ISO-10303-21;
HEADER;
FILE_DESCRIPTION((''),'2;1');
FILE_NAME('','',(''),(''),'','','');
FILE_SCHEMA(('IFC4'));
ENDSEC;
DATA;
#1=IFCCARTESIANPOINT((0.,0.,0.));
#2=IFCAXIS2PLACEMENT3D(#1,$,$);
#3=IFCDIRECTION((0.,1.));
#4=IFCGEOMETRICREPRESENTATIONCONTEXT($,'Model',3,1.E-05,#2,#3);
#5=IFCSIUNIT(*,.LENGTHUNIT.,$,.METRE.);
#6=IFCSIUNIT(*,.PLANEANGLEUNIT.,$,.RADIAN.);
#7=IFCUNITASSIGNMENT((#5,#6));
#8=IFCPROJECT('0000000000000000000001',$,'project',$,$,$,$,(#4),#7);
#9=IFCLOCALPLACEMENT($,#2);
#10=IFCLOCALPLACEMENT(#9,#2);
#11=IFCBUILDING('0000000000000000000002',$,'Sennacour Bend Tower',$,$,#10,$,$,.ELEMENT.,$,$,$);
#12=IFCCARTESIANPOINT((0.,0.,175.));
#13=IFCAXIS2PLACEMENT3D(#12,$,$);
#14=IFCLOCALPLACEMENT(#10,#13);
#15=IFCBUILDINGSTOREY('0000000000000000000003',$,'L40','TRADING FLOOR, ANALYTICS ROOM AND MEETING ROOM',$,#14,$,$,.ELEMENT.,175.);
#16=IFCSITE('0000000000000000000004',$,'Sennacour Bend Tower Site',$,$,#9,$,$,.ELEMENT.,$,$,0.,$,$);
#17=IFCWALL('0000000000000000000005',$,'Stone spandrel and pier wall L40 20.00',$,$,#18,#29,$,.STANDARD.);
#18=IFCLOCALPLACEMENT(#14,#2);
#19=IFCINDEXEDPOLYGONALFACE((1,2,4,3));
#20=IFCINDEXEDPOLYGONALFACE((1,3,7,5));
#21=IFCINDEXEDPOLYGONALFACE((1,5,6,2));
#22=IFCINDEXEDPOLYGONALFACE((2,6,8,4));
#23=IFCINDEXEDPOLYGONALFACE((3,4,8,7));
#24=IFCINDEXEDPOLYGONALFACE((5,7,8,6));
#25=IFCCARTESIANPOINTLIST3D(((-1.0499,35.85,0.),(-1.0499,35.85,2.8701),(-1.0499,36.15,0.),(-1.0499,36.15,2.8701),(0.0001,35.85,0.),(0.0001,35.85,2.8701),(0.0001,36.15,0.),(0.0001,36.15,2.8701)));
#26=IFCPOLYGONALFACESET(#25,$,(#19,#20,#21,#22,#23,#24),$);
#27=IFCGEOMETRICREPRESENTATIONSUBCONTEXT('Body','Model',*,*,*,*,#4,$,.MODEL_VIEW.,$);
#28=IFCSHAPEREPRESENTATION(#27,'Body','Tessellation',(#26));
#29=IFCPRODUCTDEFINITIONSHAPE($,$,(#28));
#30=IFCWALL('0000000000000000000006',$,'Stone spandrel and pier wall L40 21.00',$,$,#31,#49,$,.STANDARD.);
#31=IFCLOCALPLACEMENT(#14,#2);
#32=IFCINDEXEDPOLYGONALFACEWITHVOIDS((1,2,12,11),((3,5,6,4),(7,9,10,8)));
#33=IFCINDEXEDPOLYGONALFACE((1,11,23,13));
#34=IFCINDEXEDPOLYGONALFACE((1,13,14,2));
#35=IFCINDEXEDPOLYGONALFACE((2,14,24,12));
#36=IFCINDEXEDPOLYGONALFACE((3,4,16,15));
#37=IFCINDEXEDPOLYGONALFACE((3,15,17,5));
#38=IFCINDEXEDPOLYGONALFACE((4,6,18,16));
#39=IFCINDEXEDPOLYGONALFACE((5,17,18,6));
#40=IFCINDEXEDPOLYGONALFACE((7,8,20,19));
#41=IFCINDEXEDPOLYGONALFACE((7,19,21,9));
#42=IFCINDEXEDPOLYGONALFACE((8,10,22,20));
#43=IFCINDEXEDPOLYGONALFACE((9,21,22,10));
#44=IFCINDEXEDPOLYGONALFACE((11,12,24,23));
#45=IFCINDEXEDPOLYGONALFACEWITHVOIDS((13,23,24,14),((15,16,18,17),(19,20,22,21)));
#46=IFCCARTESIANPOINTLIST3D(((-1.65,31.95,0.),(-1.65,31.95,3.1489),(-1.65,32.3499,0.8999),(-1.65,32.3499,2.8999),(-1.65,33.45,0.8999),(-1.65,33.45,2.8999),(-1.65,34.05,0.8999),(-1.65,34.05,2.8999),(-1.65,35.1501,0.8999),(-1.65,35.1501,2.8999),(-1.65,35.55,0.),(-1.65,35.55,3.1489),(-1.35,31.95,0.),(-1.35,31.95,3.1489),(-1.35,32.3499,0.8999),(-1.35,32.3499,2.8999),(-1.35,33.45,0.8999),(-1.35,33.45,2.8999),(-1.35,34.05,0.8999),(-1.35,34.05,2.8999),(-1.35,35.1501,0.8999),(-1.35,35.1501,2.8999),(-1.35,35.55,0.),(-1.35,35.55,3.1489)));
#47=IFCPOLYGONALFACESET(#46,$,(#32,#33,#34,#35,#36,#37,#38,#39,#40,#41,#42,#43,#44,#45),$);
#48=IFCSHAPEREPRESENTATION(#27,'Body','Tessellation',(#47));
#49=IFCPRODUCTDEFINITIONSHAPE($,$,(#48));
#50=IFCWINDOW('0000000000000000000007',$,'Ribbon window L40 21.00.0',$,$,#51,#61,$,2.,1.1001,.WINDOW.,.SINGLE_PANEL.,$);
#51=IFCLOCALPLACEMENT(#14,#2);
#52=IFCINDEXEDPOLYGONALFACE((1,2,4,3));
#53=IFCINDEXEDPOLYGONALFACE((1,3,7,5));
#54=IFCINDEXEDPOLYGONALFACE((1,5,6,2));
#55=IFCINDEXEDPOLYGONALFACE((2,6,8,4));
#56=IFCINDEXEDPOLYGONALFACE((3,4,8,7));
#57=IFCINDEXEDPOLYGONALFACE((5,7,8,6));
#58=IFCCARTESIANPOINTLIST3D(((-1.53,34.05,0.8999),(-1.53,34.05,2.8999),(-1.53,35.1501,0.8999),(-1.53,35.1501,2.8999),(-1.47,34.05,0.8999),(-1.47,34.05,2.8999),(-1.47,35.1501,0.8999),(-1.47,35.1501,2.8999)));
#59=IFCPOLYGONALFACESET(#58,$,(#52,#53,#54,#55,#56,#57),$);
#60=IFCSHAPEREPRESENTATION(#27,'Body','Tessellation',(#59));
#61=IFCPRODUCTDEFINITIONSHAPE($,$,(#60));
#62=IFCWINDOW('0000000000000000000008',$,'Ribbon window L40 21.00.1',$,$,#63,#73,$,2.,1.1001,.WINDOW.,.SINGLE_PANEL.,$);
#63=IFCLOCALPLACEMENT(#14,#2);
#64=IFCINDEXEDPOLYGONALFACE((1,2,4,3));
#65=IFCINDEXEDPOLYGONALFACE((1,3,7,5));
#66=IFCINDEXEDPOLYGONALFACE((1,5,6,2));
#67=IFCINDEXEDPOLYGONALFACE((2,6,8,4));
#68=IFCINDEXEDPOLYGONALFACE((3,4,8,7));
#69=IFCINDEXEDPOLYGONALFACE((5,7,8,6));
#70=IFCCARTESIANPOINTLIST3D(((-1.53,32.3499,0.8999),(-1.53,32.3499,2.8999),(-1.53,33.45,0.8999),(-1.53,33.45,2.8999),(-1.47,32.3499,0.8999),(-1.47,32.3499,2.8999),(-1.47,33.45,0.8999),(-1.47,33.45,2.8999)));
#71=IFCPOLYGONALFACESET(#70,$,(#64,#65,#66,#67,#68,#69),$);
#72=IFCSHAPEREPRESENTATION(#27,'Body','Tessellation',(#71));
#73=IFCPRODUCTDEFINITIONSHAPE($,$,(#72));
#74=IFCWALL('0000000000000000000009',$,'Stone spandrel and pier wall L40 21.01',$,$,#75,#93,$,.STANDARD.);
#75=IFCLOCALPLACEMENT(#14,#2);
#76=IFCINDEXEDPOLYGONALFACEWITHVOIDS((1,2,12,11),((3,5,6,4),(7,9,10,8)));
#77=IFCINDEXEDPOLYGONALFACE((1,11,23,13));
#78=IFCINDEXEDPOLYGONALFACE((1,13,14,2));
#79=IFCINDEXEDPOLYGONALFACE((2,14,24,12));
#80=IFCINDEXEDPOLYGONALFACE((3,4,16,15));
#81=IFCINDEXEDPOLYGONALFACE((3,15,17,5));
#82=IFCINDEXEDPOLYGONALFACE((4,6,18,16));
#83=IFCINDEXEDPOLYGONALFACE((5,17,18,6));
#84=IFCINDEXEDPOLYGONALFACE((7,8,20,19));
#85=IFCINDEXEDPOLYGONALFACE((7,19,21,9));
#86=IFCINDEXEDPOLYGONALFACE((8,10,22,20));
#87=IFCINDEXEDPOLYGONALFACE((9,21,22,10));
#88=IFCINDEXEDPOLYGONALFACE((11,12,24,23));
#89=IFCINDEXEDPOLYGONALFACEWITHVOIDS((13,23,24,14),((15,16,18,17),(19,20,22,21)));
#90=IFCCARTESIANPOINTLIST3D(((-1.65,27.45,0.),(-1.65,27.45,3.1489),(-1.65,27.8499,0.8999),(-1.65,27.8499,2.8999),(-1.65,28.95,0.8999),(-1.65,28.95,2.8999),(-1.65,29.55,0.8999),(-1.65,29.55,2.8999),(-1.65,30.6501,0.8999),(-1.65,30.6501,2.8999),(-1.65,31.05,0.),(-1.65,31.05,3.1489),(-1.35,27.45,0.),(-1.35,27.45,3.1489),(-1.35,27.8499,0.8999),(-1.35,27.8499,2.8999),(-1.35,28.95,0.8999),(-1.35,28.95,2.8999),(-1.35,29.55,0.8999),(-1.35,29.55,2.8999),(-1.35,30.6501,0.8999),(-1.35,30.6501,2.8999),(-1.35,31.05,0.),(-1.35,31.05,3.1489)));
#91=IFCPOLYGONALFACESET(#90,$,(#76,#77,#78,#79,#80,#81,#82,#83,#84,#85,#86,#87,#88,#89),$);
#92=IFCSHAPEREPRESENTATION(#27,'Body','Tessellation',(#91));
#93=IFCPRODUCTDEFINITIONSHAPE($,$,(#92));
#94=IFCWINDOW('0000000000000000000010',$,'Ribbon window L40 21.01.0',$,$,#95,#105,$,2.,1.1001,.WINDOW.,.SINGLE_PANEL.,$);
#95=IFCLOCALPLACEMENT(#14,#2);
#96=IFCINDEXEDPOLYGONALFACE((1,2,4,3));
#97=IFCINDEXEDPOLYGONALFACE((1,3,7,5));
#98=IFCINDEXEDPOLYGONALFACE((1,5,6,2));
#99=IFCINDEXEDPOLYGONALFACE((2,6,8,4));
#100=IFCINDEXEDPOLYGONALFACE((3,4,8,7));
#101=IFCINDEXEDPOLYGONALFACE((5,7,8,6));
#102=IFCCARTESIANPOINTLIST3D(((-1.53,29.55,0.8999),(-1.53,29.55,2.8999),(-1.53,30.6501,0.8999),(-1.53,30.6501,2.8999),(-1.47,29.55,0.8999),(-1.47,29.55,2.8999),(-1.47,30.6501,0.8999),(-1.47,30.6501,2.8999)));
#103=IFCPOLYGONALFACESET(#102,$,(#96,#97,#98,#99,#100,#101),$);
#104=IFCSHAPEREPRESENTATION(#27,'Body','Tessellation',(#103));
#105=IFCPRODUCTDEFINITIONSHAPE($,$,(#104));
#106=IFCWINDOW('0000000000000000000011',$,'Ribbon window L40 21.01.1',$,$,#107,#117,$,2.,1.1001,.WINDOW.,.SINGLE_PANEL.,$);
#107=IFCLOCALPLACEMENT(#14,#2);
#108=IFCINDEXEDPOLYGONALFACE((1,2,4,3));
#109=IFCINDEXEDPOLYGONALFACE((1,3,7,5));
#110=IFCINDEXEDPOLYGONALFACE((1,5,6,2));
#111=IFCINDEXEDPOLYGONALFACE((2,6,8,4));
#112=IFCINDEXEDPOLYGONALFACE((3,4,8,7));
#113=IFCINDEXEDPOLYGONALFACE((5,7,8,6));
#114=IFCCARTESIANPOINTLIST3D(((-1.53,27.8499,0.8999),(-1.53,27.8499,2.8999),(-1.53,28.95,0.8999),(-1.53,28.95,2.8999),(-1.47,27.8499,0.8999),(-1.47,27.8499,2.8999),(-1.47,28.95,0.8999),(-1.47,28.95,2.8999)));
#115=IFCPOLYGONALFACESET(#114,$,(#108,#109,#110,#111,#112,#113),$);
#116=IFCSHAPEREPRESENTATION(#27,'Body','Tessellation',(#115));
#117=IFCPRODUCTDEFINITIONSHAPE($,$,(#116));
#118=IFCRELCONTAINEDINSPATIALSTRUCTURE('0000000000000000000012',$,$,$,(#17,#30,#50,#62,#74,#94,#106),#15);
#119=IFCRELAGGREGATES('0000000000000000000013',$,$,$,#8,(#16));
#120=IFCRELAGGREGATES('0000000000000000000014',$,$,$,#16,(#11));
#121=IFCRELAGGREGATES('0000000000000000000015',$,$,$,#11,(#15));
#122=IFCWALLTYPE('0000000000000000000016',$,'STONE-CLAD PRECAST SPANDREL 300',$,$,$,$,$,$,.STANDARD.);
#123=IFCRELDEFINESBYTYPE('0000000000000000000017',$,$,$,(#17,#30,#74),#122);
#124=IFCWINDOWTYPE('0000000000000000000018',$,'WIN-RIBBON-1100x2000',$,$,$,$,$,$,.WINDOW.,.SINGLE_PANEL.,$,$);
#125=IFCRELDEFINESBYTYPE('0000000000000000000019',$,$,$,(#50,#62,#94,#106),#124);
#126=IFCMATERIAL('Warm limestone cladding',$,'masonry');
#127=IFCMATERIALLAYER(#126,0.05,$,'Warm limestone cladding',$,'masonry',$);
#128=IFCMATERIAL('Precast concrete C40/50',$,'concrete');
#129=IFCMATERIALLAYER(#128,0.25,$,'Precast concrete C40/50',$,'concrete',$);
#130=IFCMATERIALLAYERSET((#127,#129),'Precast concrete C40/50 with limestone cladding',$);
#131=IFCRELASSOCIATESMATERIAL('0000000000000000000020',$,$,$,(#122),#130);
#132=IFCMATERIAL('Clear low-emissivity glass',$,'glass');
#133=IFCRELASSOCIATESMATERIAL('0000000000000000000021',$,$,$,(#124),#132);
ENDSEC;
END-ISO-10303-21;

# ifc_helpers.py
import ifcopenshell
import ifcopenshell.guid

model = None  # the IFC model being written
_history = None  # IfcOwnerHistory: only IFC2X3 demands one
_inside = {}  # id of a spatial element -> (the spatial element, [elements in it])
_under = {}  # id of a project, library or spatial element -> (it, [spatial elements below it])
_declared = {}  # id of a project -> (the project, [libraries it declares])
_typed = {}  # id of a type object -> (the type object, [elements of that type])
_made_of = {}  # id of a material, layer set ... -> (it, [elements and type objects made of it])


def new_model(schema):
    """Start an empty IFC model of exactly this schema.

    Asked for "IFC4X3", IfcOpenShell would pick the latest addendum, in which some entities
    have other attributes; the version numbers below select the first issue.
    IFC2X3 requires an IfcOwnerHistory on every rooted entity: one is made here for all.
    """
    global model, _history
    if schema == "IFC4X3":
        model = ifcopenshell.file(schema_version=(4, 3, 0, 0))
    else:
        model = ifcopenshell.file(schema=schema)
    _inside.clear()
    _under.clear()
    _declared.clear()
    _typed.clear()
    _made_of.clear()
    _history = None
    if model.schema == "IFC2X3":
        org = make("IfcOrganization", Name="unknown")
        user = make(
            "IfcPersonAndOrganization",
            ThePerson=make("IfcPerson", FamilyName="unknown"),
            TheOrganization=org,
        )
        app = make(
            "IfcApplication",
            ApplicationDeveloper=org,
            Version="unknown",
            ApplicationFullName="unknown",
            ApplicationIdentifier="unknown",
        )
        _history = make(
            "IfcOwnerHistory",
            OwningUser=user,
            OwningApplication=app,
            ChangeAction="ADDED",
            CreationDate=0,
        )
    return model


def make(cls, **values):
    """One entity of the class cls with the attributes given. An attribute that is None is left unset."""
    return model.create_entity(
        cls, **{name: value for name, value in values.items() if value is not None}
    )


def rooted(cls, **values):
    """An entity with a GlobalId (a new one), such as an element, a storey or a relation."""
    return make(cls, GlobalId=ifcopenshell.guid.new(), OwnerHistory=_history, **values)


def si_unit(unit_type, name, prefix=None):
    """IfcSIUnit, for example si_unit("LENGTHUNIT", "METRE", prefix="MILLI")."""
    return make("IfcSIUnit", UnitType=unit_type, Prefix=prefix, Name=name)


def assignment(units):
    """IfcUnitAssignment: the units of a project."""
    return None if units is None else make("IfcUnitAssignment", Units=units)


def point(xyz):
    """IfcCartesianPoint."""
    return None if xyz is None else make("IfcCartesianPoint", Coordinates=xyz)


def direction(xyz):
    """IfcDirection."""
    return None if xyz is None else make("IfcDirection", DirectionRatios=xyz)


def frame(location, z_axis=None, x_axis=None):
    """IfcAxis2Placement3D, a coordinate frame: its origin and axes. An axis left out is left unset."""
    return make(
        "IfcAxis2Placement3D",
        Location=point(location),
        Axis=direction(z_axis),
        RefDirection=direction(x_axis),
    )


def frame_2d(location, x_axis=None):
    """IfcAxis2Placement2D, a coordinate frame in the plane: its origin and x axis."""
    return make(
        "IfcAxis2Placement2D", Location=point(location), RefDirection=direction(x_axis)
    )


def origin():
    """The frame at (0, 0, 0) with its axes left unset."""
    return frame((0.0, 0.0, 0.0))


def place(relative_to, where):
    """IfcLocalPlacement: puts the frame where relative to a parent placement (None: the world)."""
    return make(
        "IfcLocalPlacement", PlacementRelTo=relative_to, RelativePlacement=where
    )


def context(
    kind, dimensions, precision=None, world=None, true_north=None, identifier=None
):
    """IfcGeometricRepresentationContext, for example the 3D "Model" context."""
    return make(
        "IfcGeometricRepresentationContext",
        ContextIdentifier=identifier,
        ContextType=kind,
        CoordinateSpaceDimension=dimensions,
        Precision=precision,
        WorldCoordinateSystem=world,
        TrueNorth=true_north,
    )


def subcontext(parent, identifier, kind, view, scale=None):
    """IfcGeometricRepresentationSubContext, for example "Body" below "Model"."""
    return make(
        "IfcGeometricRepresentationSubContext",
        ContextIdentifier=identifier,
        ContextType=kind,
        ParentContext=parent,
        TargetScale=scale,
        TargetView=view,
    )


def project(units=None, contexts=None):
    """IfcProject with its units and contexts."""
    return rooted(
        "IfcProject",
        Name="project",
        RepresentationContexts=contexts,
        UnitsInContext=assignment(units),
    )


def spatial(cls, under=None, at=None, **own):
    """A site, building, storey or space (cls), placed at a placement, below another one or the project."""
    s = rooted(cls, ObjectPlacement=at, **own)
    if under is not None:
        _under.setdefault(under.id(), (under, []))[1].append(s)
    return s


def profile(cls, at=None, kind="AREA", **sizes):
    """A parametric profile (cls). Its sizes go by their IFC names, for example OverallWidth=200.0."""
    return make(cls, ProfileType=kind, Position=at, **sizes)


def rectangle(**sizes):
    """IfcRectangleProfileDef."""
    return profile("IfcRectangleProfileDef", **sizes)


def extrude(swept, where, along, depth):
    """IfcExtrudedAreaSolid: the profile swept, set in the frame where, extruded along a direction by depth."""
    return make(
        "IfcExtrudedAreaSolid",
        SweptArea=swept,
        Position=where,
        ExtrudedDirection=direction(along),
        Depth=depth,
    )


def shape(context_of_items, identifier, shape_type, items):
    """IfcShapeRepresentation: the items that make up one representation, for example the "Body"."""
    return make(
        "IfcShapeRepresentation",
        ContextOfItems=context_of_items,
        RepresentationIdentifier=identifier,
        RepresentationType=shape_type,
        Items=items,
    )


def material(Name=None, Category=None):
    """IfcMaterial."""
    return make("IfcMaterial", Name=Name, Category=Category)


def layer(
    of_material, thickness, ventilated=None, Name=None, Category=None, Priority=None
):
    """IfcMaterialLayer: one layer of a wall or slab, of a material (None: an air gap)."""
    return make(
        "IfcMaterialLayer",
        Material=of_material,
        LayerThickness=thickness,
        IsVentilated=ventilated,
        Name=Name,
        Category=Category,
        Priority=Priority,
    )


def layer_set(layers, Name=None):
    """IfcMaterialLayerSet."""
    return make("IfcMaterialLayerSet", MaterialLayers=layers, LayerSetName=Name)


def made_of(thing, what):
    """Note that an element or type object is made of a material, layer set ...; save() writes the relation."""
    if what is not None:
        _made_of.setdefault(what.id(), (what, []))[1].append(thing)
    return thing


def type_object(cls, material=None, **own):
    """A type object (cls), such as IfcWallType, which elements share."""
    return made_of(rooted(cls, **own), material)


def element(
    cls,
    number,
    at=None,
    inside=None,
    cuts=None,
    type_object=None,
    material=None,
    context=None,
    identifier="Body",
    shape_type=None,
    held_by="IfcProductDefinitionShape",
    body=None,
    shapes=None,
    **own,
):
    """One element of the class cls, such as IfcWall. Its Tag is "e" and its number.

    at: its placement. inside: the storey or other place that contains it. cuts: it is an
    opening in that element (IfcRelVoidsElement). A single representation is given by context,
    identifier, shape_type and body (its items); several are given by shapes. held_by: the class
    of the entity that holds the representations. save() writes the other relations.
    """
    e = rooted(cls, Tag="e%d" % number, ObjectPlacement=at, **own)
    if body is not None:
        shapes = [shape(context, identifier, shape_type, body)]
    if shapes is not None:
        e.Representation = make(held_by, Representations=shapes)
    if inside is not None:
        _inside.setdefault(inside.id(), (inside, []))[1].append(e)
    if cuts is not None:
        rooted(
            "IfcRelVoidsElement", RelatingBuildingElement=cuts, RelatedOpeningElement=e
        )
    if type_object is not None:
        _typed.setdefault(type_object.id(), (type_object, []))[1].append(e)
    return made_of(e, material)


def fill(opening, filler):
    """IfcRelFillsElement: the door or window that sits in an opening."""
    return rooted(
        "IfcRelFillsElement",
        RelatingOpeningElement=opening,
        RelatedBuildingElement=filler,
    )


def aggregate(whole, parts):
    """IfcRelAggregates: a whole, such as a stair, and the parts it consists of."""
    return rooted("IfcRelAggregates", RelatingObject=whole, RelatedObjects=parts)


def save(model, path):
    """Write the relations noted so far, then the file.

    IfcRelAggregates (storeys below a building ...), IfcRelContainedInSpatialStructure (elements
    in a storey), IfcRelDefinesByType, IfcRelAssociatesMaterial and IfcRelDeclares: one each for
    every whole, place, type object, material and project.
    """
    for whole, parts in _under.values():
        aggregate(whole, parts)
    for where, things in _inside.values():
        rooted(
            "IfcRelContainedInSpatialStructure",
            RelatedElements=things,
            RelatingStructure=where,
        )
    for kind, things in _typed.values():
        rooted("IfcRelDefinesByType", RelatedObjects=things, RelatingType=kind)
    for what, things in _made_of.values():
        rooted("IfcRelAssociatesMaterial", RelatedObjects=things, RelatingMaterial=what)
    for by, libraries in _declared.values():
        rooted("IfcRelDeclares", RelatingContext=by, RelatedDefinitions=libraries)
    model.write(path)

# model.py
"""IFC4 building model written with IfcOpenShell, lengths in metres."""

from ifc_helpers import new_model, si_unit, direction, frame, frame_2d, origin, place, context, subcontext, project, spatial, rectangle, extrude, material, layer, layer_set, type_object, element, fill, save


model = new_model("IFC4")

# Units and contexts
model_context = context("Model", 3, precision=1e-05, world=origin(), true_north=direction((0.0, 1.0)))
body_context = subcontext(model_context, "Body", "Model", "MODEL_VIEW")
ifc_project = project(units=[si_unit("LENGTHUNIT", "METRE"), si_unit("PLANEANGLEUNIT", "RADIAN")], contexts=[model_context])

# Site, building, storey
site_placement = place(None, origin())
site = spatial("IfcSite", under=ifc_project, at=site_placement, Name="Sennacour Bend Tower Site", CompositionType="ELEMENT", RefElevation=0.0)
building_placement = place(site_placement, origin())
building = spatial("IfcBuilding", under=site, at=building_placement, Name="Sennacour Bend Tower", CompositionType="ELEMENT")
storey_placement = place(building_placement, frame((0.0, 0.0, 175.0)))
storey = spatial("IfcBuildingStorey", under=building, at=storey_placement, Name="L40", Description="TRADING FLOOR, ANALYTICS ROOM AND MEETING ROOM", CompositionType="ELEMENT", Elevation=175.0)

# Wall
ifc_material_1 = material(Name="Warm limestone cladding", Category="masonry")
ifc_layer_1 = layer(ifc_material_1, 0.05, Name="Warm limestone cladding", Category="masonry")
ifc_material_2 = material(Name="Precast concrete C40/50", Category="concrete")
ifc_layer_2 = layer(ifc_material_2, 0.25, Name="Precast concrete C40/50", Category="concrete")
ifc_layer_set_1 = layer_set([ifc_layer_1, ifc_layer_2], Name="Precast concrete C40/50 with limestone cladding")
wall_type_1 = type_object("IfcWallType", Name="STONE-CLAD PRECAST SPANDREL 300", PredefinedType="STANDARD", material=ifc_layer_set_1)
wall_1_placement = place(storey_placement, frame((0.0, 36.0, 0.0), z_axis=(0.0, 0.0, 1.0), x_axis=(-1.0, 0.0, 0.0)))
element("IfcWall", 1, at=wall_1_placement, inside=storey, type_object=wall_type_1, Name="Stone spandrel and pier wall L40 20.00", PredefinedType="STANDARD", context=body_context, shape_type="SweptSolid", body=[
    extrude(rectangle(XDim=1.05, YDim=0.3, at=frame_2d((0.5249, 0.0))), origin(), (0.0, 0.0, 1.0), 2.8701),
])

# Walls, openings, windows
wall_2_placement = place(storey_placement, frame((-1.5, 35.55, 0.0), z_axis=(0.0, 0.0, 1.0), x_axis=(0.0, -1.0, 0.0)))
wall_2 = element("IfcWall", 2, at=wall_2_placement, inside=storey, type_object=wall_type_1, Name="Stone spandrel and pier wall L40 21.00", PredefinedType="STANDARD", context=body_context, shape_type="SweptSolid", body=[
    extrude(rectangle(XDim=3.6001, YDim=0.3, at=frame_2d((1.8, 0.0))), origin(), (0.0, 0.0, 1.0), 3.1489),
])
opening_1_placement = place(wall_2_placement, frame((0.3999, 0.0, 0.8999)))
opening_1 = element("IfcOpeningElement", 3, at=opening_1_placement, cuts=wall_2, PredefinedType="OPENING", context=body_context, shape_type="SweptSolid", body=[
    extrude(rectangle(XDim=1.1001, YDim=2.0, at=frame_2d((0.55, 1.0))), frame((0.0, 0.1602, 0.0), z_axis=(0.0, -1.0, 0.0), x_axis=(1.0, 0.0, 0.0)), (0.0, 0.0, 1.0), 0.3201),
])
opening_2_placement = place(wall_2_placement, frame((2.1001, 0.0, 0.8999)))
opening_2 = element("IfcOpeningElement", 4, at=opening_2_placement, cuts=wall_2, PredefinedType="OPENING", context=body_context, shape_type="SweptSolid", body=[
    extrude(rectangle(XDim=1.1001, YDim=2.0, at=frame_2d((0.55, 1.0))), frame((0.0, 0.1602, 0.0), z_axis=(0.0, -1.0, 0.0), x_axis=(1.0, 0.0, 0.0)), (0.0, 0.0, 1.0), 0.3201),
])
ifc_material_3 = material(Name="Clear low-emissivity glass", Category="glass")
window_type = type_object("IfcWindowType", Name="WIN-RIBBON-1100x2000", PartitioningType="SINGLE_PANEL", PredefinedType="WINDOW", material=ifc_material_3)
window_1_placement = place(opening_1_placement, origin())
window_1 = element("IfcWindow", 5, at=window_1_placement, inside=storey, type_object=window_type, Name="Ribbon window L40 21.00.0", OverallHeight=2.0, OverallWidth=1.1001, PartitioningType="SINGLE_PANEL", PredefinedType="WINDOW", context=body_context, shape_type="SweptSolid", body=[
    extrude(rectangle(XDim=1.1001, YDim=2.0, at=frame_2d((0.55, 1.0))), frame((0.0, 0.03, 0.0), z_axis=(0.0, -1.0, 0.0), x_axis=(1.0, 0.0, 0.0)), (0.0, 0.0, 1.0), 0.0601),
])
fill(opening_1, window_1)
window_2_placement = place(opening_2_placement, origin())
window_2 = element("IfcWindow", 6, at=window_2_placement, inside=storey, type_object=window_type, Name="Ribbon window L40 21.00.1", OverallHeight=2.0, OverallWidth=1.1001, PartitioningType="SINGLE_PANEL", PredefinedType="WINDOW", context=body_context, shape_type="SweptSolid", body=[
    extrude(rectangle(XDim=1.1001, YDim=2.0, at=frame_2d((0.55, 1.0))), frame((0.0, 0.03, 0.0), z_axis=(0.0, -1.0, 0.0), x_axis=(1.0, 0.0, 0.0)), (0.0, 0.0, 1.0), 0.0601),
])
fill(opening_2, window_2)
wall_3_placement = place(storey_placement, frame((-1.5, 31.05, 0.0), z_axis=(0.0, 0.0, 1.0), x_axis=(0.0, -1.0, 0.0)))
wall_3 = element("IfcWall", 7, at=wall_3_placement, inside=storey, type_object=wall_type_1, Name="Stone spandrel and pier wall L40 21.01", PredefinedType="STANDARD", context=body_context, shape_type="SweptSolid", body=[
    extrude(rectangle(XDim=3.6001, YDim=0.3, at=frame_2d((1.8, 0.0))), origin(), (0.0, 0.0, 1.0), 3.1489),
])
opening_3_placement = place(wall_3_placement, frame((0.3999, 0.0, 0.8999)))
opening_3 = element("IfcOpeningElement", 8, at=opening_3_placement, cuts=wall_3, PredefinedType="OPENING", context=body_context, shape_type="SweptSolid", body=[
    extrude(rectangle(XDim=1.1001, YDim=2.0, at=frame_2d((0.55, 1.0))), frame((0.0, 0.1602, 0.0), z_axis=(0.0, -1.0, 0.0), x_axis=(1.0, 0.0, 0.0)), (0.0, 0.0, 1.0), 0.3201),
])
opening_4_placement = place(wall_3_placement, frame((2.1001, 0.0, 0.8999)))
opening_4 = element("IfcOpeningElement", 9, at=opening_4_placement, cuts=wall_3, PredefinedType="OPENING", context=body_context, shape_type="SweptSolid", body=[
    extrude(rectangle(XDim=1.1001, YDim=2.0, at=frame_2d((0.55, 1.0))), frame((0.0, 0.1602, 0.0), z_axis=(0.0, -1.0, 0.0), x_axis=(1.0, 0.0, 0.0)), (0.0, 0.0, 1.0), 0.3201),
])
window_3_placement = place(opening_3_placement, origin())
window_3 = element("IfcWindow", 10, at=window_3_placement, inside=storey, type_object=window_type, Name="Ribbon window L40 21.01.0", OverallHeight=2.0, OverallWidth=1.1001, PartitioningType="SINGLE_PANEL", PredefinedType="WINDOW", context=body_context, shape_type="SweptSolid", body=[
    extrude(rectangle(XDim=1.1001, YDim=2.0, at=frame_2d((0.55, 1.0))), frame((0.0, 0.03, 0.0), z_axis=(0.0, -1.0, 0.0), x_axis=(1.0, 0.0, 0.0)), (0.0, 0.0, 1.0), 0.0601),
])
fill(opening_3, window_3)
window_4_placement = place(opening_4_placement, origin())
window_4 = element("IfcWindow", 11, at=window_4_placement, inside=storey, type_object=window_type, Name="Ribbon window L40 21.01.1", OverallHeight=2.0, OverallWidth=1.1001, PartitioningType="SINGLE_PANEL", PredefinedType="WINDOW", context=body_context, shape_type="SweptSolid", body=[
    extrude(rectangle(XDim=1.1001, YDim=2.0, at=frame_2d((0.55, 1.0))), frame((0.0, 0.03, 0.0), z_axis=(0.0, -1.0, 0.0), x_axis=(1.0, 0.0, 0.0)), (0.0, 0.0, 1.0), 0.0601),
])
fill(opening_4, window_4)

save(model, "model.ifc")
